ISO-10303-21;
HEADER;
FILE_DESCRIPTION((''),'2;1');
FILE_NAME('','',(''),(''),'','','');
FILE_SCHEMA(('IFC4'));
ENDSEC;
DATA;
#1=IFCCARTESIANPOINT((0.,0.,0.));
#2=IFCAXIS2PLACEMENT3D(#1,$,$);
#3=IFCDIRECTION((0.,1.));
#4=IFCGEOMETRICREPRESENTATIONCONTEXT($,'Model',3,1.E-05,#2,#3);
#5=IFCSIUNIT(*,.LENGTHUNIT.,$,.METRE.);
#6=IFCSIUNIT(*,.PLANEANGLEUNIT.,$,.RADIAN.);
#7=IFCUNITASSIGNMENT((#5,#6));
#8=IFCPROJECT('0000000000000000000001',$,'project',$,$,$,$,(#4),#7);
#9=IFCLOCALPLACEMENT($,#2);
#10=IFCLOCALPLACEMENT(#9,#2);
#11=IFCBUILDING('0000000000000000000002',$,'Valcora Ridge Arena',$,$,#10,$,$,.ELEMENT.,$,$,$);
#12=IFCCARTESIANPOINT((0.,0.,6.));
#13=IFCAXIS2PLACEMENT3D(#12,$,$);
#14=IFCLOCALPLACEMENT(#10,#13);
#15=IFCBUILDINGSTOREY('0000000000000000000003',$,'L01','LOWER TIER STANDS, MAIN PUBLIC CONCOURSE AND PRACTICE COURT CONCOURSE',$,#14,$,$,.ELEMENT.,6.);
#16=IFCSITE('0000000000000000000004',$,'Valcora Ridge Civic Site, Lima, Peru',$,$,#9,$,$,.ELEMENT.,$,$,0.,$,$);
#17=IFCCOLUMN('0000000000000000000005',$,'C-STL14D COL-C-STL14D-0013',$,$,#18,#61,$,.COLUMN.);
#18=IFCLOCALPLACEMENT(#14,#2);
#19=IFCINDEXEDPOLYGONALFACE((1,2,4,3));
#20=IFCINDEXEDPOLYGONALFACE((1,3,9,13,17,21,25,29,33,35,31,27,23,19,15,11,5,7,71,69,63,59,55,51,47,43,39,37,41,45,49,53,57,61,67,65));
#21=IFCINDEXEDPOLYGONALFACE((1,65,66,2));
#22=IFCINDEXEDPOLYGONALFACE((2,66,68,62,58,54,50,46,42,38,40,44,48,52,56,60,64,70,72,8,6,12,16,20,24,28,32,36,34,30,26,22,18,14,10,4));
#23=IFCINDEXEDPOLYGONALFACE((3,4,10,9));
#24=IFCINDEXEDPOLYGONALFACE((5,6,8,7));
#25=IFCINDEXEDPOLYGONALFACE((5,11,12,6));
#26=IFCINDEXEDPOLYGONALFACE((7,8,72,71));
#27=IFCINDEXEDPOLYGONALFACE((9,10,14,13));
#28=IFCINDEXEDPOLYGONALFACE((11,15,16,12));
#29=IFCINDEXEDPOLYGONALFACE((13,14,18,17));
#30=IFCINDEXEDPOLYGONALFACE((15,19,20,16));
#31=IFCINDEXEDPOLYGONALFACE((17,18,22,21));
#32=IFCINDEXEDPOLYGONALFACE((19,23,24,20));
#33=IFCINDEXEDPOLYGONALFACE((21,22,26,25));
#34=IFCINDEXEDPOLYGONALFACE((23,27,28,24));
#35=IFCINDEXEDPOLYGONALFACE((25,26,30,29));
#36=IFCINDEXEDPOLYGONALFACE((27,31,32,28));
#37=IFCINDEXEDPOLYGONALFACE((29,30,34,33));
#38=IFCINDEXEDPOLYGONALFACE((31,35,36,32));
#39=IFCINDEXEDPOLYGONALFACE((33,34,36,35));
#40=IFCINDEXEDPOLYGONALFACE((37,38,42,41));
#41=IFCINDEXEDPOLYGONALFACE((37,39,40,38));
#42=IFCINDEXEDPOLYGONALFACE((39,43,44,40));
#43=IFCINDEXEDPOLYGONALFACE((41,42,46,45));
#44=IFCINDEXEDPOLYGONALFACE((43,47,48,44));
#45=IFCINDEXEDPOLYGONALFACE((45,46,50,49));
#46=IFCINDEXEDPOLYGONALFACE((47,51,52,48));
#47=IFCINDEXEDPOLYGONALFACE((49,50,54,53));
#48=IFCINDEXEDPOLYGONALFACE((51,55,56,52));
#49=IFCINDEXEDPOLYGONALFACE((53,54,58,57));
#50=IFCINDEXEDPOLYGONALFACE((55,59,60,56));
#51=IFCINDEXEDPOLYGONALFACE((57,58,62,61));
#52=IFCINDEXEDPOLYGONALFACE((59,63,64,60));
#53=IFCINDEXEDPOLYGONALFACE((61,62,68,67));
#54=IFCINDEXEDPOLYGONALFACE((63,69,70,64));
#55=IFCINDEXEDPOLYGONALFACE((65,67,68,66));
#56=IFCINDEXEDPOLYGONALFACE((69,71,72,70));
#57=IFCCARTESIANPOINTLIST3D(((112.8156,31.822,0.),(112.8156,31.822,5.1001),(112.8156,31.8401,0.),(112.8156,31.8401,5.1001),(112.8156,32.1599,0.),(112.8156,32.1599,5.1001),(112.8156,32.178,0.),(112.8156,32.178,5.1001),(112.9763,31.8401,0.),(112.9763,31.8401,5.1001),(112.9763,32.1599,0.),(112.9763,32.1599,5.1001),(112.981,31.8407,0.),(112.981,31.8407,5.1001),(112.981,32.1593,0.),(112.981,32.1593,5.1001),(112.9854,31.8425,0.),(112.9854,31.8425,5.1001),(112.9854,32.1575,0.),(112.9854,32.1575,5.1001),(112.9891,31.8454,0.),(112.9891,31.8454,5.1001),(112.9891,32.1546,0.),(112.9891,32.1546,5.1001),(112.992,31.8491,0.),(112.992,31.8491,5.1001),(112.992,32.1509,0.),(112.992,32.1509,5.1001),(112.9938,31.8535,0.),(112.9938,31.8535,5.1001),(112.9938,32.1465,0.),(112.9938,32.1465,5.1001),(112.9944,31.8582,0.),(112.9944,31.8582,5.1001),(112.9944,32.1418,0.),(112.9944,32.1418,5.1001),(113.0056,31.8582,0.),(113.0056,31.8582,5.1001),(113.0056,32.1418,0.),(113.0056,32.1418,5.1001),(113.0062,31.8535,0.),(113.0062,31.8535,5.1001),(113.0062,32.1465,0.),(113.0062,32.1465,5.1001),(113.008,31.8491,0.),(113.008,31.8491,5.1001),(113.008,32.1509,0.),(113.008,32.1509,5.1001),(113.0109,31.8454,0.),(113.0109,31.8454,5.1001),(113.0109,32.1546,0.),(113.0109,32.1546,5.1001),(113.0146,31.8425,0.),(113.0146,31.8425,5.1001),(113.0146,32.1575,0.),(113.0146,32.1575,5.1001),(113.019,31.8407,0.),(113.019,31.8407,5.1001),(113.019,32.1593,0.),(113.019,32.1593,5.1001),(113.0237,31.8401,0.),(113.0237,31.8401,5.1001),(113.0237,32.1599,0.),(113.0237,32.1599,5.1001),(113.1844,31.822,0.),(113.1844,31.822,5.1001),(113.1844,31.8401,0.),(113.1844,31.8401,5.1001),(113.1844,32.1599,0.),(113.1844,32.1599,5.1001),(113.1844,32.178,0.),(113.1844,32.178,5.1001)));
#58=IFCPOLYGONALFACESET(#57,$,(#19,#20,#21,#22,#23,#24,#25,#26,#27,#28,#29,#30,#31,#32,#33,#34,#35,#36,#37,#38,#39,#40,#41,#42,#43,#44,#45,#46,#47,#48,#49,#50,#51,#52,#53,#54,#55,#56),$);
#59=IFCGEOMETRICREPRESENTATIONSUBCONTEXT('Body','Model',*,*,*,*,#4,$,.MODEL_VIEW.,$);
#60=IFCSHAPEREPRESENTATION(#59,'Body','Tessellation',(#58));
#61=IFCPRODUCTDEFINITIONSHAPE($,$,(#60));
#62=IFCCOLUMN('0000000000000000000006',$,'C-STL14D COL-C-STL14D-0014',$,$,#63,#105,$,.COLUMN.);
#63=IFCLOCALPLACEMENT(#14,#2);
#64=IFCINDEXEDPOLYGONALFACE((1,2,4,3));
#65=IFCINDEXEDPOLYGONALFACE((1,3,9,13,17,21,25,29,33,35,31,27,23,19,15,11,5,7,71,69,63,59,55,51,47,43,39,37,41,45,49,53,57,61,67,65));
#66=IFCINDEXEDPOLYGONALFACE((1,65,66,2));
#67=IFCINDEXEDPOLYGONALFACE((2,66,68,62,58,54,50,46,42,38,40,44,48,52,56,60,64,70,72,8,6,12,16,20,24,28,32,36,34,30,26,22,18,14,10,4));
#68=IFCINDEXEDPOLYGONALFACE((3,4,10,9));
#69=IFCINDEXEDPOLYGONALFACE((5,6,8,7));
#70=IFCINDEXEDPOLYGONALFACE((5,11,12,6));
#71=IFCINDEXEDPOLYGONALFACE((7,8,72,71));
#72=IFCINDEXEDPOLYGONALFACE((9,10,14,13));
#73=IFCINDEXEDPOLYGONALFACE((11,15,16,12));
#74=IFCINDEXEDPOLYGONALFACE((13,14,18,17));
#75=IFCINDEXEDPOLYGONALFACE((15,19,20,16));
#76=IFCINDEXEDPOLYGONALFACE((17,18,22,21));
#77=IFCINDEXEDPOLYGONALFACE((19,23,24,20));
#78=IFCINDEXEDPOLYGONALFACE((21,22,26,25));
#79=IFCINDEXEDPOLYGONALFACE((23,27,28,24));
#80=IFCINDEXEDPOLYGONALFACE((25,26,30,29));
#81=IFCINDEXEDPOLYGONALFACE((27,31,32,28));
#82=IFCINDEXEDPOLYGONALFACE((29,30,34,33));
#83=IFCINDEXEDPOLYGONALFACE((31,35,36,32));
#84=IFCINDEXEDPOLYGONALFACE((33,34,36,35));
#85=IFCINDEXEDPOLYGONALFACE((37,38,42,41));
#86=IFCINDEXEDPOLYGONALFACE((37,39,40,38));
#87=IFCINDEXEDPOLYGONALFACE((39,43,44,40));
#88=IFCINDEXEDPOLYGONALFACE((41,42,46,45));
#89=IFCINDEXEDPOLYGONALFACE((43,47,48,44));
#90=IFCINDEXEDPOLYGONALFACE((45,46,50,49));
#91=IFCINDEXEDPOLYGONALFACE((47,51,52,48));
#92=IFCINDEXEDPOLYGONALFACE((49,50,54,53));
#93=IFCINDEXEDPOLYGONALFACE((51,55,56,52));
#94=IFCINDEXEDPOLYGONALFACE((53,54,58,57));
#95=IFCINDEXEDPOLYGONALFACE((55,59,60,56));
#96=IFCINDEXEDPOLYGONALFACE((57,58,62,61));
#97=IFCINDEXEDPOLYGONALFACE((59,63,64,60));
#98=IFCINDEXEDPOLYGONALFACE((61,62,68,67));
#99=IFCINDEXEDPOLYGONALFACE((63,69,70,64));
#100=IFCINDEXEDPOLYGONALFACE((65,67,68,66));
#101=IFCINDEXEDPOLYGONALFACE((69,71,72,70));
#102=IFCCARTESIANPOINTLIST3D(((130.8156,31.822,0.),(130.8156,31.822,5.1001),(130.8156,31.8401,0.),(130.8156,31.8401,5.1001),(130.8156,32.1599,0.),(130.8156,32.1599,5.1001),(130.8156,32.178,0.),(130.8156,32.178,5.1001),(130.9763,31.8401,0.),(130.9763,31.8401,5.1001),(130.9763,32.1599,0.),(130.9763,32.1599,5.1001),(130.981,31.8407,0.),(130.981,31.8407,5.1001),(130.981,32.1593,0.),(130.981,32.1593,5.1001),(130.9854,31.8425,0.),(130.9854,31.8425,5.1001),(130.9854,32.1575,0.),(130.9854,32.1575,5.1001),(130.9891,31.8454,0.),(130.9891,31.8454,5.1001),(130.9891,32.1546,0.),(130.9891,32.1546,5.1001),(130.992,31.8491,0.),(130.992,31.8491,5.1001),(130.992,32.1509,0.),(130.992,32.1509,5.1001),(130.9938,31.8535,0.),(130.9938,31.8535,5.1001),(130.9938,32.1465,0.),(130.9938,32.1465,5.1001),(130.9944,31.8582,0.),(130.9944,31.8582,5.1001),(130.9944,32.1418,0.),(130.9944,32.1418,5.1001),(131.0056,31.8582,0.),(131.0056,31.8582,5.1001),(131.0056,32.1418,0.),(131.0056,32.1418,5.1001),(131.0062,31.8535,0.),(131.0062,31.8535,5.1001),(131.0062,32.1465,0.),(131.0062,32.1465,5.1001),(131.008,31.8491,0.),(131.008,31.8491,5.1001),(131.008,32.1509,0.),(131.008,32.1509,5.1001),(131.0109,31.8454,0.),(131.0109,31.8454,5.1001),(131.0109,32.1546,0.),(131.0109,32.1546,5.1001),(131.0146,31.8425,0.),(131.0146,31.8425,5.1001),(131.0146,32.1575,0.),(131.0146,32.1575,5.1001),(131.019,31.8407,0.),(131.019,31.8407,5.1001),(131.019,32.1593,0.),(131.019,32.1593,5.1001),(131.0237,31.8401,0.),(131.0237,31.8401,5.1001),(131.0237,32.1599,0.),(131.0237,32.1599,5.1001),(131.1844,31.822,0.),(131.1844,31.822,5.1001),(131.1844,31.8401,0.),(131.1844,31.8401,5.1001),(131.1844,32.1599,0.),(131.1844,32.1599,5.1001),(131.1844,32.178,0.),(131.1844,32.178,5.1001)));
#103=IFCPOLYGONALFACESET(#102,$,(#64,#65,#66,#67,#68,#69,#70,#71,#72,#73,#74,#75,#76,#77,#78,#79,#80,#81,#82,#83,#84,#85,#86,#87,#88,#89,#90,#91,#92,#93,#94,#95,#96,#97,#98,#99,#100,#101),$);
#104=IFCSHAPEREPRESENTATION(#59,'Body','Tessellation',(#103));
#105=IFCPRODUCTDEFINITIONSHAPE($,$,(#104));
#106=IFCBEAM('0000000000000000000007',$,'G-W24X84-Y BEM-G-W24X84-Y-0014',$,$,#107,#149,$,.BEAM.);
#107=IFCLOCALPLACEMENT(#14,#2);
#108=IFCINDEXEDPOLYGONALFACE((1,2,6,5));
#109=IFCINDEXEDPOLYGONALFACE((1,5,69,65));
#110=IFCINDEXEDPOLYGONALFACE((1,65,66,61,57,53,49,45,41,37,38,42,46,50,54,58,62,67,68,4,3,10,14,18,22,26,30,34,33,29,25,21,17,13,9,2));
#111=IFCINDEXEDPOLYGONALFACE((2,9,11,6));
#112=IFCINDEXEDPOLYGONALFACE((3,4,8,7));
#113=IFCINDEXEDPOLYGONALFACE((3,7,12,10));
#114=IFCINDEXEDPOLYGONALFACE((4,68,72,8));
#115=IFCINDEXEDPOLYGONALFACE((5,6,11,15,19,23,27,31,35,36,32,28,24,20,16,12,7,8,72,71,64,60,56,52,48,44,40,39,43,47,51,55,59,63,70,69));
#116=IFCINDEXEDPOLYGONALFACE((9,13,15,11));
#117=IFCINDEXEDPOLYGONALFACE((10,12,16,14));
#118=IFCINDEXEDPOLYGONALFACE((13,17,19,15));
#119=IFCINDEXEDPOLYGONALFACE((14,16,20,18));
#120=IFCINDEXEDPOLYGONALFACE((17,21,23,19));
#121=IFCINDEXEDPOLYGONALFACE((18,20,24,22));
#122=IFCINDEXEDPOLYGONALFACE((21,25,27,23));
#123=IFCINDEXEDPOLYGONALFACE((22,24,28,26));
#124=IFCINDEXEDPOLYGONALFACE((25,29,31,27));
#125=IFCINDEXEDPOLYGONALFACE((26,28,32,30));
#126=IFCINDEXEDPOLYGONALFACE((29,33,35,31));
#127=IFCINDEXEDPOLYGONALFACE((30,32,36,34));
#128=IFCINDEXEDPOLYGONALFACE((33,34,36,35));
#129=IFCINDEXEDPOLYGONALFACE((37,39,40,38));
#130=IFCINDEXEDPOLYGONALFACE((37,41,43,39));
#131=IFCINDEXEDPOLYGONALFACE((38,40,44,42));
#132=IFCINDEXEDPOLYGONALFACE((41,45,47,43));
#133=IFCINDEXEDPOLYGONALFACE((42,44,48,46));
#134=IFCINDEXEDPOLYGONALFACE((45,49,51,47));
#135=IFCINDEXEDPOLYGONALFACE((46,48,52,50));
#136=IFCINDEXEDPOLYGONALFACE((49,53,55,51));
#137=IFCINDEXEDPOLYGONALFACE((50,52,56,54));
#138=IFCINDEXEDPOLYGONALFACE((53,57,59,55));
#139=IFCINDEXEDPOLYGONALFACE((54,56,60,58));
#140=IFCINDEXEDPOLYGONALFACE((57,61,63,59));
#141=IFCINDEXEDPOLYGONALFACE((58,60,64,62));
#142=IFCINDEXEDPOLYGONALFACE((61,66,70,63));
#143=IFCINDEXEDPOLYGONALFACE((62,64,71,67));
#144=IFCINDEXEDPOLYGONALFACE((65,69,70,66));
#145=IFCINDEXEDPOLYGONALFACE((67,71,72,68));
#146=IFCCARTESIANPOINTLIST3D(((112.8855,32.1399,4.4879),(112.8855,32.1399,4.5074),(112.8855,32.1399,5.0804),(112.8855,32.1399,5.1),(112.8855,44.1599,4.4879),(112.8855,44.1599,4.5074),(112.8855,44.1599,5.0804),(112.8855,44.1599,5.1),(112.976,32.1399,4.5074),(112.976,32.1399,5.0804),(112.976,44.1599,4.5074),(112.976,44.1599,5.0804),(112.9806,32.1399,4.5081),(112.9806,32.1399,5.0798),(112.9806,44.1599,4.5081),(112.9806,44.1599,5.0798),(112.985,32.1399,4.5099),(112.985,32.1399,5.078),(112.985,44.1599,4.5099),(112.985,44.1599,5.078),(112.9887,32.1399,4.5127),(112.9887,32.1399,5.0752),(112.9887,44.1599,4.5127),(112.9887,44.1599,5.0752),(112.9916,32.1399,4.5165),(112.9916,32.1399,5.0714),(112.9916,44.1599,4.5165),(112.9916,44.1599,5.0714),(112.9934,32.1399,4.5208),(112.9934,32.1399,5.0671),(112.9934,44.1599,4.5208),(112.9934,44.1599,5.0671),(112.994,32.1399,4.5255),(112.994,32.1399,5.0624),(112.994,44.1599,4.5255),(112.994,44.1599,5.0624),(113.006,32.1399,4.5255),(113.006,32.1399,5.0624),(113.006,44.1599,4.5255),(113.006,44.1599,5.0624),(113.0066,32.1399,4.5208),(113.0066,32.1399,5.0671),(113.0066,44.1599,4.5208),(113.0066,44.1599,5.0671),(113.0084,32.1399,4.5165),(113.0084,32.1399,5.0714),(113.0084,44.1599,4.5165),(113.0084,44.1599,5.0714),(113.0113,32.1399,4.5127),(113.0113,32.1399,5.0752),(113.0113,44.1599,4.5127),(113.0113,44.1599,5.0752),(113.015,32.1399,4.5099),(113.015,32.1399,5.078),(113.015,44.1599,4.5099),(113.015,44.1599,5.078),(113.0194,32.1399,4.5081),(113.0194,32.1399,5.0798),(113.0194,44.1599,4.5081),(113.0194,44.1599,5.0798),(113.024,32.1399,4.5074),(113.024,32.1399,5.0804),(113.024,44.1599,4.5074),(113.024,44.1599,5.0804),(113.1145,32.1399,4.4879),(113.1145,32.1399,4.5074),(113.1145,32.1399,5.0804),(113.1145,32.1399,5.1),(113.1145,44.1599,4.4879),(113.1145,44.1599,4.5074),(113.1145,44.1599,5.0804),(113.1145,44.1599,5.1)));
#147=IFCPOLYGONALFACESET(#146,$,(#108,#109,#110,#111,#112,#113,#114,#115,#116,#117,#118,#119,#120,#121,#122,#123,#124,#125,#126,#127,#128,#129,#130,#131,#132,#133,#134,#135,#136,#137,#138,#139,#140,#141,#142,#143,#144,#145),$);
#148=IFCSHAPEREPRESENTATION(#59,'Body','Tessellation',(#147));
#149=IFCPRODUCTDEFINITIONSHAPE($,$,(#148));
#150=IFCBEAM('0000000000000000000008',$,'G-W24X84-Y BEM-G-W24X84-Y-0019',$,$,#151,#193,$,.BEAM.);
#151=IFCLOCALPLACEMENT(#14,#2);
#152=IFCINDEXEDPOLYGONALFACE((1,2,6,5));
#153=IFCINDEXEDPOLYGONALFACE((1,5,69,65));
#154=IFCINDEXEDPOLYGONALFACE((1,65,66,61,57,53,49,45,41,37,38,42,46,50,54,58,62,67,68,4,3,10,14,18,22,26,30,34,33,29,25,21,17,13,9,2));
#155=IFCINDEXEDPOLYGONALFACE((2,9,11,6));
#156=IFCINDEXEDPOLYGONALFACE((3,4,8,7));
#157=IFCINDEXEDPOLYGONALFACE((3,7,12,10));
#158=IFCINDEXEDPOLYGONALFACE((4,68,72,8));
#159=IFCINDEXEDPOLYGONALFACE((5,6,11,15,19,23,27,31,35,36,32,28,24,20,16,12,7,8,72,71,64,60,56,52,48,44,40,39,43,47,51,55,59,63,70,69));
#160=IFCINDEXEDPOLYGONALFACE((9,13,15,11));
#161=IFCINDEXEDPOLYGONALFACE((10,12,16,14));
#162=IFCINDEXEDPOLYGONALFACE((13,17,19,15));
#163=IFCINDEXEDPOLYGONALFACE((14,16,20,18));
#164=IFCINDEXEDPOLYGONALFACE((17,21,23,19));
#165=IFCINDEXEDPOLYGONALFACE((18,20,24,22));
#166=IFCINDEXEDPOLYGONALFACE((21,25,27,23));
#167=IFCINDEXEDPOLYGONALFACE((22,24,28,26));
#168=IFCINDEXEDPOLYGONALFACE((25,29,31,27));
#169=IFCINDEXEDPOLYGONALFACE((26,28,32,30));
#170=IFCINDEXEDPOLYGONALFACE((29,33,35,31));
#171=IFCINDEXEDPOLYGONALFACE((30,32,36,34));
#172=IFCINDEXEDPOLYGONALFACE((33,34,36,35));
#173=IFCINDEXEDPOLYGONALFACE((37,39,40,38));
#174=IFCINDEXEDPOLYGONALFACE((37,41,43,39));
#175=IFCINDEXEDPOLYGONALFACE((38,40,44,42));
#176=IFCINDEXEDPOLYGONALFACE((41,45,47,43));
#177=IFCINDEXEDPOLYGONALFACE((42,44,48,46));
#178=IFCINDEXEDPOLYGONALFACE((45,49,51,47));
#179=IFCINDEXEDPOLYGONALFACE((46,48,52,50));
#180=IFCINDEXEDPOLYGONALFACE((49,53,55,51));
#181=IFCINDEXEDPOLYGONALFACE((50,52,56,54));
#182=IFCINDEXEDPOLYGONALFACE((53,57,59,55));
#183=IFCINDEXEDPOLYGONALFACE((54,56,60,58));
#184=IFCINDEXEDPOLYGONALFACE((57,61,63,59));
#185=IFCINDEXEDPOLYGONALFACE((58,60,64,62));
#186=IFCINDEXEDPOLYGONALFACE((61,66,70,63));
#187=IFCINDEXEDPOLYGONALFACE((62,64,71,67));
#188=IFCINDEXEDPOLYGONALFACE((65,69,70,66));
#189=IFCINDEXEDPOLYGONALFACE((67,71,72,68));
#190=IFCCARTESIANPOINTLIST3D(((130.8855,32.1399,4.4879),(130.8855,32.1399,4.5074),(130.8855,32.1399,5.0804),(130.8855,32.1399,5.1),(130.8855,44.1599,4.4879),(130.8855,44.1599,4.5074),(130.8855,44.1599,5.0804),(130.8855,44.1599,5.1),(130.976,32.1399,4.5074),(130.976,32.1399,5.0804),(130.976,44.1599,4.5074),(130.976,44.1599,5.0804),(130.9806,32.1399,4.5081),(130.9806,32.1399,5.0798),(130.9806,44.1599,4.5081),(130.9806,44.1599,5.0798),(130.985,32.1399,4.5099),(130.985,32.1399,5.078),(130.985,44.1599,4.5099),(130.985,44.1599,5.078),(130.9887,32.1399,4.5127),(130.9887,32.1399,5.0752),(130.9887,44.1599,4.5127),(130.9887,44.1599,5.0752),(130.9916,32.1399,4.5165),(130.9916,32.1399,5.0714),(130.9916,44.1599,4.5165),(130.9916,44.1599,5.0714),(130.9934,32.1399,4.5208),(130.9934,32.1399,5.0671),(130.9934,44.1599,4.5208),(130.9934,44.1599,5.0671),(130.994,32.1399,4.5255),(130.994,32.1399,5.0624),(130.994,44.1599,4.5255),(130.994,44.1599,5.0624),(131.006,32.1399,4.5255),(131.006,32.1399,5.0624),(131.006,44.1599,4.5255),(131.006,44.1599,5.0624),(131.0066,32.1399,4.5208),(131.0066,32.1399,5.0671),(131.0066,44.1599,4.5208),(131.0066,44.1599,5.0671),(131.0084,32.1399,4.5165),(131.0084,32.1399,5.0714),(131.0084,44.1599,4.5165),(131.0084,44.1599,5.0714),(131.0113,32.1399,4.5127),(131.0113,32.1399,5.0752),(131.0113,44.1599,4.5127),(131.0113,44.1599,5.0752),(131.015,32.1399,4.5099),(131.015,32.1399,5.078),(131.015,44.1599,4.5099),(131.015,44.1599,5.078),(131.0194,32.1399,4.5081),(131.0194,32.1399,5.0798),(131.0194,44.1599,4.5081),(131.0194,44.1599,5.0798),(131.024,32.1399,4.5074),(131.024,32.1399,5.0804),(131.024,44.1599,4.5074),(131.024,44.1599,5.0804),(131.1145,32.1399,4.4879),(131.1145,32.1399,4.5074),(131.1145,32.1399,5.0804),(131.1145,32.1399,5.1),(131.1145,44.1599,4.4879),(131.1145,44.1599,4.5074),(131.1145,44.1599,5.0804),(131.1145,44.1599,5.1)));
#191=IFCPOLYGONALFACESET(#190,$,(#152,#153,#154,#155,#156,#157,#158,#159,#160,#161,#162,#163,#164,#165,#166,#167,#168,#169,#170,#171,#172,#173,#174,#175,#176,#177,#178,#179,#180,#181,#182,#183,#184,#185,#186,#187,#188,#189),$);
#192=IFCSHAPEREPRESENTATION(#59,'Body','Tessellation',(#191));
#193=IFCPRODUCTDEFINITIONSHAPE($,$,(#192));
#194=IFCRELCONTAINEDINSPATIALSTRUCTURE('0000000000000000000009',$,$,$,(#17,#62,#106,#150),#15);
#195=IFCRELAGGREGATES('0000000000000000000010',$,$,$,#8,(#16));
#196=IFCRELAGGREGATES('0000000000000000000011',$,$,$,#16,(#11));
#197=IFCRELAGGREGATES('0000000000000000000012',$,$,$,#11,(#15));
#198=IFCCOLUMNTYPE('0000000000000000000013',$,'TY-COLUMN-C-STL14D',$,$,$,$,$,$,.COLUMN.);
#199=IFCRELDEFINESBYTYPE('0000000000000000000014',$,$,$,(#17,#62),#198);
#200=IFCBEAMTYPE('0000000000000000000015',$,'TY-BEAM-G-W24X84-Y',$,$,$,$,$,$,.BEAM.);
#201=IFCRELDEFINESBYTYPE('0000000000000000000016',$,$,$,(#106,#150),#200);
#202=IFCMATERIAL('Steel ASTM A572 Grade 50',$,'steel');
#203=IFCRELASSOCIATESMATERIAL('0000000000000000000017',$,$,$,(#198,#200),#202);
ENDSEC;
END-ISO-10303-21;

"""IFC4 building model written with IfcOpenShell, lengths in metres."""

from ifc_helpers import new_model, si_unit, direction, frame, origin, origin_2d, place, context, subcontext, project, spatial, i_section, extrude, material, material_profile, profile_set, type_object, element, save


model = new_model("IFC4")

# Units and contexts
model_context = context("Model", 3, precision=1e-05, world=origin(), true_north=direction((0.0, 1.0)))
body_context = subcontext(model_context, "Body", "Model", "MODEL_VIEW")
ifc_project = project(units=[si_unit("LENGTHUNIT", "METRE"), si_unit("PLANEANGLEUNIT", "RADIAN")], contexts=[model_context])

# Site, building, storey
site_placement = place(None, origin())
site = spatial("IfcSite", under=ifc_project, at=site_placement, Name="Valcora Ridge Civic Site, Lima, Peru", CompositionType="ELEMENT", RefElevation=0.0)
building_placement = place(site_placement, origin())
building = spatial("IfcBuilding", under=site, at=building_placement, Name="Valcora Ridge Arena", CompositionType="ELEMENT")
storey_placement = place(building_placement, frame((0.0, 0.0, 6.0)))
storey = spatial("IfcBuildingStorey", under=building, at=storey_placement, Name="L01", Description="LOWER TIER STANDS, MAIN PUBLIC CONCOURSE AND PRACTICE COURT CONCOURSE", CompositionType="ELEMENT", Elevation=6.0)

# Columns
ifc_material_1 = material(Name="Steel ASTM A572 Grade 50", Category="steel")
ifc_material_profile_1 = material_profile(ifc_material_1, i_section(OverallWidth=0.3689, OverallDepth=0.356, WebThickness=0.0112, FlangeThickness=0.0181, FilletRadius=0.0181, at=origin_2d()), Name="W14X90")
ifc_profile_set_1 = profile_set([ifc_material_profile_1], Name="Steel ASTM A572 Grade 50")
column_type = type_object("IfcColumnType", Name="TY-COLUMN-C-STL14D", PredefinedType="COLUMN", material=ifc_profile_set_1)
for number, where, z_axis, x_axis, name in (
    (1, (113.0, 32.0, 0.0), (0.0, 0.0, 1.0), (1.0, 0.0, 0.0), "C-STL14D COL-C-STL14D-0013"),
    (2, (131.0, 32.0, 0.0), (0.0, 0.0, 1.0), (1.0, 0.0, 0.0), "C-STL14D COL-C-STL14D-0014"),
):
    element("IfcColumn", number, at=place(storey_placement, frame(where, z_axis=z_axis, x_axis=x_axis)), inside=storey, type_object=column_type, Name=name, PredefinedType="COLUMN", context=body_context, shape_type="SweptSolid", body=[
        extrude(i_section(OverallWidth=0.3689, OverallDepth=0.356, WebThickness=0.0112, FlangeThickness=0.0181, FilletRadius=0.0181, at=origin_2d()), origin(), (0.0, 0.0, 1.0), 5.1001),
    ])

# Beams
ifc_material_profile_2 = material_profile(ifc_material_1, i_section(OverallWidth=0.229, OverallDepth=0.6121, WebThickness=0.012, FlangeThickness=0.0195, FilletRadius=0.0181, at=origin_2d()), Name="W24X84")
ifc_profile_set_2 = profile_set([ifc_material_profile_2], Name="Steel ASTM A572 Grade 50")
beam_type = type_object("IfcBeamType", Name="TY-BEAM-G-W24X84-Y", PredefinedType="BEAM", material=ifc_profile_set_2)
for number, where, z_axis, x_axis, name in (
    (3, (113.0, 32.1399, 4.7939), (0.0, 1.0, 0.0), (-1.0, 0.0, 0.0), "G-W24X84-Y BEM-G-W24X84-Y-0014"),
    (4, (131.0, 32.1399, 4.7939), (0.0, 1.0, 0.0), (-1.0, 0.0, 0.0), "G-W24X84-Y BEM-G-W24X84-Y-0019"),
):
    element("IfcBeam", number, at=place(storey_placement, frame(where, z_axis=z_axis, x_axis=x_axis)), inside=storey, type_object=beam_type, Name=name, PredefinedType="BEAM", context=body_context, shape_type="SweptSolid", body=[
        extrude(i_section(OverallWidth=0.229, OverallDepth=0.6121, WebThickness=0.012, FlangeThickness=0.0195, FilletRadius=0.0181, at=origin_2d()), origin(), (0.0, 0.0, 1.0), 12.02),
    ])

save(model, "model.ifc")
